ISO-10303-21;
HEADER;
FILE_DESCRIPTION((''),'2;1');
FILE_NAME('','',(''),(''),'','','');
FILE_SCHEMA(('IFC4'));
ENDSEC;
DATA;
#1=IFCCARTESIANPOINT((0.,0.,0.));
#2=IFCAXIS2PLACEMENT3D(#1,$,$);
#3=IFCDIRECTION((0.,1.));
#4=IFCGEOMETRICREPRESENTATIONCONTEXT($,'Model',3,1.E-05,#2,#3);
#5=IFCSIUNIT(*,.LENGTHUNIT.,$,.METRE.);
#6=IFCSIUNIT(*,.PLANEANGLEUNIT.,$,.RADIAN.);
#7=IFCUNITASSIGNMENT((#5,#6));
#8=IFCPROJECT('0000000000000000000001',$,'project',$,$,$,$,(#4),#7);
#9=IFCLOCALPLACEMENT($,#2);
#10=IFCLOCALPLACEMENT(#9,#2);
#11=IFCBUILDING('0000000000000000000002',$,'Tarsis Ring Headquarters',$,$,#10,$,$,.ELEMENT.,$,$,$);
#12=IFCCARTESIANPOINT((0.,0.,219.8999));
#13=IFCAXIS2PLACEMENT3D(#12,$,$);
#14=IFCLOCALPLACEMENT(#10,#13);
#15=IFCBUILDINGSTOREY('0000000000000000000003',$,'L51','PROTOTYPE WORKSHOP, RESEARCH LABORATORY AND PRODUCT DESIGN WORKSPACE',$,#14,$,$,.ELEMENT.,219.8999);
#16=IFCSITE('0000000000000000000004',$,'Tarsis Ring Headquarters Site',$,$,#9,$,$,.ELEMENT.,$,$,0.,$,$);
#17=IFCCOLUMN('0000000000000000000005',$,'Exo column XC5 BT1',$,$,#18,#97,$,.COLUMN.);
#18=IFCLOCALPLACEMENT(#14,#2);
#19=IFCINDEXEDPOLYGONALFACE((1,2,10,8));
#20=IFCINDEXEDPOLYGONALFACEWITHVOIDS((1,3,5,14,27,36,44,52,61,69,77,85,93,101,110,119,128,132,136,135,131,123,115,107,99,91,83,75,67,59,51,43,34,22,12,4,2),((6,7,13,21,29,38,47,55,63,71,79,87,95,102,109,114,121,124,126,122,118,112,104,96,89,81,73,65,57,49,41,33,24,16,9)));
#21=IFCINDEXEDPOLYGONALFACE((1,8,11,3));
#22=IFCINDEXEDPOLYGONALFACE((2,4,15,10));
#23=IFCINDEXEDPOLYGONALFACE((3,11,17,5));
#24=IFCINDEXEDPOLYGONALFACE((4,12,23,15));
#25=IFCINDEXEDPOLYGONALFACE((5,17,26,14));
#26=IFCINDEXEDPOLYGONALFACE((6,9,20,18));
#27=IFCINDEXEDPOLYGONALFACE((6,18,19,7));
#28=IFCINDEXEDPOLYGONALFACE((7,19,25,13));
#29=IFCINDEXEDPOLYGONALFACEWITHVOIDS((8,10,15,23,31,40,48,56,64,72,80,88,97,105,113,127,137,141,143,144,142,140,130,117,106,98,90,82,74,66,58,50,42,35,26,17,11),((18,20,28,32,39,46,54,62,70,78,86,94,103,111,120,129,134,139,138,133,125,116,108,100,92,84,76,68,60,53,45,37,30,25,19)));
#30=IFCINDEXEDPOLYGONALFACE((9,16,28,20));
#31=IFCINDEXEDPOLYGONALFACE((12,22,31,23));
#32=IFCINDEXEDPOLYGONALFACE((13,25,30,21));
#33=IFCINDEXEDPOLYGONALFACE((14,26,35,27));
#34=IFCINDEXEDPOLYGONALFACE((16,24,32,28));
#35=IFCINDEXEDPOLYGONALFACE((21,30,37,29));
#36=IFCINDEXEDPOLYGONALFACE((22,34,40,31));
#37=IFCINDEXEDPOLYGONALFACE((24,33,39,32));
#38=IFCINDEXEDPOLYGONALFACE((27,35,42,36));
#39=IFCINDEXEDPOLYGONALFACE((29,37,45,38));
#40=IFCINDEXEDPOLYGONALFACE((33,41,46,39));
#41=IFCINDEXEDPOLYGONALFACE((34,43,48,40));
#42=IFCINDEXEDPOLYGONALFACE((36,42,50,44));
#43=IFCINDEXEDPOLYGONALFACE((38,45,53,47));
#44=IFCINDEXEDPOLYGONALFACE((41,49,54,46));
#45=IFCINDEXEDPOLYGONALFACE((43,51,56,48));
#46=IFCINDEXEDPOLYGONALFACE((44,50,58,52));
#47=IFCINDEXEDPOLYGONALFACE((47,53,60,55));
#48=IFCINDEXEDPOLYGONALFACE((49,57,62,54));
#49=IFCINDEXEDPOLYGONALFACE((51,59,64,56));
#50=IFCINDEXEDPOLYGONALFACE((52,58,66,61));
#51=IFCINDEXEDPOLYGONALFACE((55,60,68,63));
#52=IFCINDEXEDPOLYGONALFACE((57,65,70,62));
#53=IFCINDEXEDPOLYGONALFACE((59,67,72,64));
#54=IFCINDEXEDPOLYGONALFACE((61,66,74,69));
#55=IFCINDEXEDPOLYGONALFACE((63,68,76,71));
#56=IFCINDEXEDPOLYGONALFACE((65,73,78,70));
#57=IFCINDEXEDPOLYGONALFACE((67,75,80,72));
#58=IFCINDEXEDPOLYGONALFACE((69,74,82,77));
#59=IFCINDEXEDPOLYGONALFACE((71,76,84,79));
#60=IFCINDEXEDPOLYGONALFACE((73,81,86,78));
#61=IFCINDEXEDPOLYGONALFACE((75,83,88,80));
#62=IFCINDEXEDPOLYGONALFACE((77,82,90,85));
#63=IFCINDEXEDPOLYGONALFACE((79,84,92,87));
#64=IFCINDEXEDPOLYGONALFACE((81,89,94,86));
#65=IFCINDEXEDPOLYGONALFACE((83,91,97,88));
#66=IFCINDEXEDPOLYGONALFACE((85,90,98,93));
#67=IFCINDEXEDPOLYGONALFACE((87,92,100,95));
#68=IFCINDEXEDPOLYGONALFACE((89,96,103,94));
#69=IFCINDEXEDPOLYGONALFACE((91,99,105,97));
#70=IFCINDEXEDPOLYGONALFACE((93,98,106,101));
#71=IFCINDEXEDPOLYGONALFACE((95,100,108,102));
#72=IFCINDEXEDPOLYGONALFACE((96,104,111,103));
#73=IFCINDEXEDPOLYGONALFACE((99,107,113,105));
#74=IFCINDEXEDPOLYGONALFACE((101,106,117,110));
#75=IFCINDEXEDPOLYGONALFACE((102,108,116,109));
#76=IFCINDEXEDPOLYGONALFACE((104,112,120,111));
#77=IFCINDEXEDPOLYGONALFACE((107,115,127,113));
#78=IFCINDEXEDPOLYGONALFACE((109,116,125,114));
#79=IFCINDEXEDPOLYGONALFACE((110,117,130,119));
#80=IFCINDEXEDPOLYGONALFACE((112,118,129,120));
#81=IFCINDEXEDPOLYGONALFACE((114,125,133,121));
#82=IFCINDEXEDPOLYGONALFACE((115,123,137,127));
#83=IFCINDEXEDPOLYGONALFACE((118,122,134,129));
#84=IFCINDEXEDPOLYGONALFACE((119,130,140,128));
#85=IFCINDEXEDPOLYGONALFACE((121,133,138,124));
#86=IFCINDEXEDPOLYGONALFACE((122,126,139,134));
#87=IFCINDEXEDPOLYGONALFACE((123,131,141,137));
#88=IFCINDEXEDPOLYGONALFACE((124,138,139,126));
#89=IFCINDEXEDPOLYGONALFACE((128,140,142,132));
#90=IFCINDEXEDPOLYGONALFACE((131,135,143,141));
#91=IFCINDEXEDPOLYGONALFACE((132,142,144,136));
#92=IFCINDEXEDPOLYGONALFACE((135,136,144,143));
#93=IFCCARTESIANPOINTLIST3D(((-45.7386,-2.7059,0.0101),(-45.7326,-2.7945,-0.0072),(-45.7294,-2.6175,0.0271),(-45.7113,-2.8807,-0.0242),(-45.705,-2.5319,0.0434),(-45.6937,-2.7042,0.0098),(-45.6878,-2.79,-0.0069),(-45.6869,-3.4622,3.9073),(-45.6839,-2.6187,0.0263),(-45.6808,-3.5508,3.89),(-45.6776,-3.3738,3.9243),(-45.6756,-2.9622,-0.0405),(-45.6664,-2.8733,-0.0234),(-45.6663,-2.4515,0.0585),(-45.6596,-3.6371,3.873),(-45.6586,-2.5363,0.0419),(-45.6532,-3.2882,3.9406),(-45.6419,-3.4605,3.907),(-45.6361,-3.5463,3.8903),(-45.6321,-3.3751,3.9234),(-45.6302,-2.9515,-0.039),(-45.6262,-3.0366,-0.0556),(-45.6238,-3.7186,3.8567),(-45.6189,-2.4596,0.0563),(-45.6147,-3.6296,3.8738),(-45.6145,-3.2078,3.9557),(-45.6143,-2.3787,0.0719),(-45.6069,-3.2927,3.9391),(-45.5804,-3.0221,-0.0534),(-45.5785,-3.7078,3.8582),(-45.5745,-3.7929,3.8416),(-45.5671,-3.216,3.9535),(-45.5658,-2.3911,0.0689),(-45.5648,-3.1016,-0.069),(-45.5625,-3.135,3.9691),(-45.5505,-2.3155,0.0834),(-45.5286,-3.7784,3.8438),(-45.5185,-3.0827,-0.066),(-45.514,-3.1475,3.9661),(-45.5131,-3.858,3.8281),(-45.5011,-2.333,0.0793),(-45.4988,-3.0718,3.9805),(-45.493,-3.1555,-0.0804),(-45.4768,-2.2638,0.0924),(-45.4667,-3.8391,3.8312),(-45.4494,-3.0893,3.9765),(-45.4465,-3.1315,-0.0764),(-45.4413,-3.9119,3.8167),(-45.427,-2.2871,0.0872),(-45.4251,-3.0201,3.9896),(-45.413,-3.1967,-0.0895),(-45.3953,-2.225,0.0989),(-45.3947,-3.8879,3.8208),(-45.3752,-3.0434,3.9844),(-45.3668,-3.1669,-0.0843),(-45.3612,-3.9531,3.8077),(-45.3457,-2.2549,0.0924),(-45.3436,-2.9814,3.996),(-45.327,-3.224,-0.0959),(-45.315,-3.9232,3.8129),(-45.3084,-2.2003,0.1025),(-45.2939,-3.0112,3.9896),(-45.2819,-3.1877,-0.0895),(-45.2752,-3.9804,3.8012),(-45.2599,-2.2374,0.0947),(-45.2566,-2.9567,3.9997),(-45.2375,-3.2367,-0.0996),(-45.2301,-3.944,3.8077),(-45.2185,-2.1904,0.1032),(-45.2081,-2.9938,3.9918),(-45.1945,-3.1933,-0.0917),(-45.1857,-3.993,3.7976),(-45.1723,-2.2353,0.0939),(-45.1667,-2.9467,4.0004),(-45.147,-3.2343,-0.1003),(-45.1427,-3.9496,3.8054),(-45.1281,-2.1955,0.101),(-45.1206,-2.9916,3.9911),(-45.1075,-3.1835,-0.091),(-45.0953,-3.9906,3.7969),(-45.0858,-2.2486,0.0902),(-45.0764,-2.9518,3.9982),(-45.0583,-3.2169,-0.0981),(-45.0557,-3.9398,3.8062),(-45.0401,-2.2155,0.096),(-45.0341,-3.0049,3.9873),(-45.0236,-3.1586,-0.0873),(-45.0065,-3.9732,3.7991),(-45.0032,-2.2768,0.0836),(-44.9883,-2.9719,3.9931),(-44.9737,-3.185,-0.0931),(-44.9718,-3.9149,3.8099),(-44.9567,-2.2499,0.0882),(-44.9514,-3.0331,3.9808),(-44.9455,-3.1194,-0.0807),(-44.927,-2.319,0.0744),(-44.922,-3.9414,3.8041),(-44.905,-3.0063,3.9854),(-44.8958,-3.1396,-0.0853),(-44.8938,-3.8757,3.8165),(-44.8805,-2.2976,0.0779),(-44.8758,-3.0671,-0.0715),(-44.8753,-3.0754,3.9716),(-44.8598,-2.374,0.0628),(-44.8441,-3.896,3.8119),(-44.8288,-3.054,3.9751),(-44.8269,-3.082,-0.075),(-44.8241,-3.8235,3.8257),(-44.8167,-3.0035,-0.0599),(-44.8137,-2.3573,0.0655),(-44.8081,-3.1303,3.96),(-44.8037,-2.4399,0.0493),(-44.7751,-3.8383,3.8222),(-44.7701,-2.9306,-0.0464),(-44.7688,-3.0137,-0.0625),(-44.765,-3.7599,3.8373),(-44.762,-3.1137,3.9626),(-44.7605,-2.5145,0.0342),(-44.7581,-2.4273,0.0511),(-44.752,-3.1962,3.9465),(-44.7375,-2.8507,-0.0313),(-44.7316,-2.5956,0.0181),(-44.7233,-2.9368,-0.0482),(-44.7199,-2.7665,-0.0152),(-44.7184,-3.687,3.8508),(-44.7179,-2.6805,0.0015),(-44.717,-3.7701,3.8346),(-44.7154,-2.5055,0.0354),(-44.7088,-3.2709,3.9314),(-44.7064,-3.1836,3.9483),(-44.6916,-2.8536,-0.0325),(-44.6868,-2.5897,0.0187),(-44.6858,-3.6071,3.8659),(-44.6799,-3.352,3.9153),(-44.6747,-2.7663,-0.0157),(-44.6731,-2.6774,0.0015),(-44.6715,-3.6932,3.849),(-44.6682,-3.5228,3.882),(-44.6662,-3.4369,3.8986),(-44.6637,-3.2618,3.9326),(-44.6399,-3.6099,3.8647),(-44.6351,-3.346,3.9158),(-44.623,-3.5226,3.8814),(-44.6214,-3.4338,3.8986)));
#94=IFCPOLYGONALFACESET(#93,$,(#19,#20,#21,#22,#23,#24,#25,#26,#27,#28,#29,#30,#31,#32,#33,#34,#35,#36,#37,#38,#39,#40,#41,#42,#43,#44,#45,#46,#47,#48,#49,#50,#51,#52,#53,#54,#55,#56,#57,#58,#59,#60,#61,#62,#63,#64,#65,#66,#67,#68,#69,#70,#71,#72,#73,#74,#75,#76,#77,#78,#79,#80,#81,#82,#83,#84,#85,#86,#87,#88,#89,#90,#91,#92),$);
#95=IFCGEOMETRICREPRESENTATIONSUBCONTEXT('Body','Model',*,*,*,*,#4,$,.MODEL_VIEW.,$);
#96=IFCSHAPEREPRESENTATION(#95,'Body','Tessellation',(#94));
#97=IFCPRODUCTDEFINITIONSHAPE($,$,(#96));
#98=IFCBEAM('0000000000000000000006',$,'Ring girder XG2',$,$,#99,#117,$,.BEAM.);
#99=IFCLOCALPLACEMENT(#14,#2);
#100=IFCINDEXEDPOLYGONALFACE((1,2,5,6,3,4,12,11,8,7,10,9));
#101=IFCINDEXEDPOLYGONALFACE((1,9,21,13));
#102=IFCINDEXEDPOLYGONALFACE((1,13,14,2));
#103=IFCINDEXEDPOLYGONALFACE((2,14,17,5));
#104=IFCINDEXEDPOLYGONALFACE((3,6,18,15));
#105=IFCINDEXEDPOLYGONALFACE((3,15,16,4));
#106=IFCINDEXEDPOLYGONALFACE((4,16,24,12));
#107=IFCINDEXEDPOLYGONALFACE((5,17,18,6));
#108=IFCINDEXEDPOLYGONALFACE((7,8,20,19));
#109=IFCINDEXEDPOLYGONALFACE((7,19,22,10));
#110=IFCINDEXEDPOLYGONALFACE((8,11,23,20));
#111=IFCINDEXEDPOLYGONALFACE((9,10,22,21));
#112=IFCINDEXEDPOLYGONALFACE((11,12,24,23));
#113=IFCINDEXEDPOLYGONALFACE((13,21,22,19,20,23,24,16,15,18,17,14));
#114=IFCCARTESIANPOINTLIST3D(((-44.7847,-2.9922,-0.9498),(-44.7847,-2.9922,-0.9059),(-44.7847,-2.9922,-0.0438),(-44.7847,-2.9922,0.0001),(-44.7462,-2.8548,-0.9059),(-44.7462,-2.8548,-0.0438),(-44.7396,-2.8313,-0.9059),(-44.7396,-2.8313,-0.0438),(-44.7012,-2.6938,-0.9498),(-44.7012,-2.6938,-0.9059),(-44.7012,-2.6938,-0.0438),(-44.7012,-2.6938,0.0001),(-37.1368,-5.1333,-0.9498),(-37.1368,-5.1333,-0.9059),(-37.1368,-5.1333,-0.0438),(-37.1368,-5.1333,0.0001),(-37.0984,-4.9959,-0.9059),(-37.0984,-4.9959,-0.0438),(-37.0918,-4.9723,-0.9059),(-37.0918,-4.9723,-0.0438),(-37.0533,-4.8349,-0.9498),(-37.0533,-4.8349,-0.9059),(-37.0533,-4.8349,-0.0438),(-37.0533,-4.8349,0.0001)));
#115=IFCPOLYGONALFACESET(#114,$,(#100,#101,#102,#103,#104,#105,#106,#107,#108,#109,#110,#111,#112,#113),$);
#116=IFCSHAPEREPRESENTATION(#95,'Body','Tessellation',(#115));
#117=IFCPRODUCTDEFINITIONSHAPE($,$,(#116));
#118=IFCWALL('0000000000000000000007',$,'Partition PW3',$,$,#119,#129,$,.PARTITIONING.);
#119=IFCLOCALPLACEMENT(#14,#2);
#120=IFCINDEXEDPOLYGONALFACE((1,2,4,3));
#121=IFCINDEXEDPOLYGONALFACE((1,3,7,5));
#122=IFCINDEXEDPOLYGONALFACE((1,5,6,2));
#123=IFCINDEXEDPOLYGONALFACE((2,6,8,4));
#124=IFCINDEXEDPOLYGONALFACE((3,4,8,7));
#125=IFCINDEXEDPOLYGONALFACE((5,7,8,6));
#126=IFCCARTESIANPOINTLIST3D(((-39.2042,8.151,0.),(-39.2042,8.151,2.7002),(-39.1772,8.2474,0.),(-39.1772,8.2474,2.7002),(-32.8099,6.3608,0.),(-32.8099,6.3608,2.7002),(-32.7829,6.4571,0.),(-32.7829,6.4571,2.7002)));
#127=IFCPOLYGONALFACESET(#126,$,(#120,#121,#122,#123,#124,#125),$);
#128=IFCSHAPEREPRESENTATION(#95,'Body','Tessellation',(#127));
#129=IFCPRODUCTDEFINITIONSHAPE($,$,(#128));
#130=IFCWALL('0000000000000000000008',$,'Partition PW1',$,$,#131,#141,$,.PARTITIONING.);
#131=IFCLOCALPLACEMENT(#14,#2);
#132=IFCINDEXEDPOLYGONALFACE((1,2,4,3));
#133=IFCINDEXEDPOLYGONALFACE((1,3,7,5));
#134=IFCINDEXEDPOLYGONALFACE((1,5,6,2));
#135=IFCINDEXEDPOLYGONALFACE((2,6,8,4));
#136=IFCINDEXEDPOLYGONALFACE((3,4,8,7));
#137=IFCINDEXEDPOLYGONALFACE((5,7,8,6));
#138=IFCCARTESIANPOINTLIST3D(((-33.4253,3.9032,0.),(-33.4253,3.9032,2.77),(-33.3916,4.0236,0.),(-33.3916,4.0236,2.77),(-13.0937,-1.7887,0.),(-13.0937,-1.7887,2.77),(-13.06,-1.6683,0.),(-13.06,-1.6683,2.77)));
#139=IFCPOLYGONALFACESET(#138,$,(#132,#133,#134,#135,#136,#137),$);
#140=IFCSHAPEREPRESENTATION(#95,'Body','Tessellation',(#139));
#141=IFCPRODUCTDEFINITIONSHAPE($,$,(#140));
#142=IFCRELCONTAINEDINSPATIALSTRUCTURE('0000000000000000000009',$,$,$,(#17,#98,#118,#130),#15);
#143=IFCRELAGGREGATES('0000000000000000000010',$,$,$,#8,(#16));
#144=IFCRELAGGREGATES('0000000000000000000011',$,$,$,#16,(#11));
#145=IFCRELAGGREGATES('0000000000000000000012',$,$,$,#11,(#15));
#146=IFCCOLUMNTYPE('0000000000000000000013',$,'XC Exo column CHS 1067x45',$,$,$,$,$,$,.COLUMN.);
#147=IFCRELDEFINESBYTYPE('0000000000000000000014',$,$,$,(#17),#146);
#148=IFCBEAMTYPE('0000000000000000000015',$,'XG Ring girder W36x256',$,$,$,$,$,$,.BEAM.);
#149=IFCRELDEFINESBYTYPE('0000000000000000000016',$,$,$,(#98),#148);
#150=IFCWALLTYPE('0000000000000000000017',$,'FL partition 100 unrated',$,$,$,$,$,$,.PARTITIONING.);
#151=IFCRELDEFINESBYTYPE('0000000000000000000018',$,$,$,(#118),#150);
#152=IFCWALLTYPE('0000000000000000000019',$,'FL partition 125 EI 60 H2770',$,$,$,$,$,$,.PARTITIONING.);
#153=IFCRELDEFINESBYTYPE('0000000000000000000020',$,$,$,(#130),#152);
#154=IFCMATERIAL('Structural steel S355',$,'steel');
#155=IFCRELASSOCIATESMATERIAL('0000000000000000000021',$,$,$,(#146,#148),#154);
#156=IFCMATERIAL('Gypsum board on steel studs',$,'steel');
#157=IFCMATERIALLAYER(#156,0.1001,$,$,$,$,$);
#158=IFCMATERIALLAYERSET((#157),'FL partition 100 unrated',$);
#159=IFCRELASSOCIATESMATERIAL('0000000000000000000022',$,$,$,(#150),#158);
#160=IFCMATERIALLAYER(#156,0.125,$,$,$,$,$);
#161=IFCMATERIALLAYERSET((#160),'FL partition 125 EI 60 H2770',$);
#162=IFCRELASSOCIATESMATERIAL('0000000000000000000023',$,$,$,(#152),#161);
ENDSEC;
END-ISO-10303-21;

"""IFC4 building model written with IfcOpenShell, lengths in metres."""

from ifc_helpers import new_model, si_unit, direction, frame, frame_2d, origin, origin_2d, place, context, subcontext, project, spatial, rectangle, hollow_circle, i_section, extrude, material, layer, layer_set, material_profile, profile_set, type_object, element, save


model = new_model("IFC4")

# Units and contexts
model_context = context("Model", 3, precision=1e-05, world=origin(), true_north=direction((0.0, 1.0)))
body_context = subcontext(model_context, "Body", "Model", "MODEL_VIEW")
ifc_project = project(units=[si_unit("LENGTHUNIT", "METRE"), si_unit("PLANEANGLEUNIT", "RADIAN")], contexts=[model_context])

# Site, building, storey
site_placement = place(None, origin())
site = spatial("IfcSite", under=ifc_project, at=site_placement, Name="Tarsis Ring Headquarters Site", CompositionType="ELEMENT", RefElevation=0.0)
building_placement = place(site_placement, origin())
building = spatial("IfcBuilding", under=site, at=building_placement, Name="Tarsis Ring Headquarters", CompositionType="ELEMENT")
storey_placement = place(building_placement, frame((0.0, 0.0, 219.8999)))
storey = spatial("IfcBuildingStorey", under=building, at=storey_placement, Name="L51", Description="PROTOTYPE WORKSHOP, RESEARCH LABORATORY AND PRODUCT DESIGN WORKSPACE", CompositionType="ELEMENT", Elevation=219.8999)

# Column
ifc_material_1 = material(Name="Structural steel S355", Category="steel")
ifc_material_profile_1 = material_profile(ifc_material_1, hollow_circle(Radius=0.5334, WallThickness=0.0449, at=origin_2d()), Name="CHS 1067x45")
ifc_profile_set_1 = profile_set([ifc_material_profile_1], Name="Structural steel S355")
column_type = type_object("IfcColumnType", Name="XC Exo column CHS 1067x45", PredefinedType="COLUMN", material=ifc_profile_set_1)
column_placement = place(storey_placement, frame((-45.2053, -2.7139, 0.0015), z_axis=(0.013036, -0.190503, 0.9816), x_axis=(0.997667, 0.068272, 0.0)))
element("IfcColumn", 1, at=column_placement, inside=storey, type_object=column_type, Name="Exo column XC5 BT1", PredefinedType="COLUMN", context=body_context, shape_type="SweptSolid", body=[
    extrude(hollow_circle(Radius=0.5334, WallThickness=0.0449, at=origin_2d()), origin(), (0.0, 0.0, 1.0), 3.9702),
])

# Beam
ifc_material_profile_2 = material_profile(ifc_material_1, i_section(OverallWidth=0.3098, OverallDepth=0.95, WebThickness=0.0244, FlangeThickness=0.0439, at=origin_2d()), Name="W36x256")
ifc_profile_set_2 = profile_set([ifc_material_profile_2], Name="Structural steel S355")
beam_type = type_object("IfcBeamType", Name="XG Ring girder W36x256", PredefinedType="BEAM", material=ifc_profile_set_2)
beam_placement = place(storey_placement, frame((-44.7429, -2.843, -0.4749), z_axis=(0.962974, -0.269593, 0.0), x_axis=(0.269593, 0.962974, 0.0)))
element("IfcBeam", 2, at=beam_placement, inside=storey, type_object=beam_type, Name="Ring girder XG2", PredefinedType="BEAM", context=body_context, shape_type="SweptSolid", body=[
    extrude(i_section(OverallWidth=0.3098, OverallDepth=0.95, WebThickness=0.0244, FlangeThickness=0.0439, at=origin_2d()), origin(), (0.0, 0.0, 1.0), 7.9419),
])

# Walls
ifc_material_2 = material(Name="Gypsum board on steel studs", Category="steel")
ifc_layer_1 = layer(ifc_material_2, 0.1001)
ifc_layer_set_1 = layer_set([ifc_layer_1], Name="FL partition 100 unrated")
wall_type_1 = type_object("IfcWallType", Name="FL partition 100 unrated", PredefinedType="PARTITIONING", material=ifc_layer_set_1)
wall_1_placement = place(storey_placement, frame((-39.1907, 8.1992, 0.0), z_axis=(0.0, 0.0, 1.0), x_axis=(0.962969, -0.269614, 0.0)))
element("IfcWall", 3, at=wall_1_placement, inside=storey, type_object=wall_type_1, Name="Partition PW3", PredefinedType="PARTITIONING", context=body_context, shape_type="SweptSolid", body=[
    extrude(rectangle(XDim=6.6401, YDim=0.1001, at=frame_2d((3.3201, 0.0))), origin(), (0.0, 0.0, 1.0), 2.7002),
])
ifc_layer_2 = layer(ifc_material_2, 0.125)
ifc_layer_set_2 = layer_set([ifc_layer_2], Name="FL partition 125 EI 60 H2770")
wall_type_2 = type_object("IfcWallType", Name="FL partition 125 EI 60 H2770", PredefinedType="PARTITIONING", material=ifc_layer_set_2)
wall_2_placement = place(storey_placement, frame((-33.4084, 3.9634, 0.0), z_axis=(0.0, 0.0, 1.0), x_axis=(0.962976, -0.269589, 0.0)))
element("IfcWall", 4, at=wall_2_placement, inside=storey, type_object=wall_type_2, Name="Partition PW1", PredefinedType="PARTITIONING", context=body_context, shape_type="SweptSolid", body=[
    extrude(rectangle(XDim=21.1133, YDim=0.125, at=frame_2d((10.5566, 0.0))), origin(), (0.0, 0.0, 1.0), 2.77),
])

save(model, "model.ifc")
